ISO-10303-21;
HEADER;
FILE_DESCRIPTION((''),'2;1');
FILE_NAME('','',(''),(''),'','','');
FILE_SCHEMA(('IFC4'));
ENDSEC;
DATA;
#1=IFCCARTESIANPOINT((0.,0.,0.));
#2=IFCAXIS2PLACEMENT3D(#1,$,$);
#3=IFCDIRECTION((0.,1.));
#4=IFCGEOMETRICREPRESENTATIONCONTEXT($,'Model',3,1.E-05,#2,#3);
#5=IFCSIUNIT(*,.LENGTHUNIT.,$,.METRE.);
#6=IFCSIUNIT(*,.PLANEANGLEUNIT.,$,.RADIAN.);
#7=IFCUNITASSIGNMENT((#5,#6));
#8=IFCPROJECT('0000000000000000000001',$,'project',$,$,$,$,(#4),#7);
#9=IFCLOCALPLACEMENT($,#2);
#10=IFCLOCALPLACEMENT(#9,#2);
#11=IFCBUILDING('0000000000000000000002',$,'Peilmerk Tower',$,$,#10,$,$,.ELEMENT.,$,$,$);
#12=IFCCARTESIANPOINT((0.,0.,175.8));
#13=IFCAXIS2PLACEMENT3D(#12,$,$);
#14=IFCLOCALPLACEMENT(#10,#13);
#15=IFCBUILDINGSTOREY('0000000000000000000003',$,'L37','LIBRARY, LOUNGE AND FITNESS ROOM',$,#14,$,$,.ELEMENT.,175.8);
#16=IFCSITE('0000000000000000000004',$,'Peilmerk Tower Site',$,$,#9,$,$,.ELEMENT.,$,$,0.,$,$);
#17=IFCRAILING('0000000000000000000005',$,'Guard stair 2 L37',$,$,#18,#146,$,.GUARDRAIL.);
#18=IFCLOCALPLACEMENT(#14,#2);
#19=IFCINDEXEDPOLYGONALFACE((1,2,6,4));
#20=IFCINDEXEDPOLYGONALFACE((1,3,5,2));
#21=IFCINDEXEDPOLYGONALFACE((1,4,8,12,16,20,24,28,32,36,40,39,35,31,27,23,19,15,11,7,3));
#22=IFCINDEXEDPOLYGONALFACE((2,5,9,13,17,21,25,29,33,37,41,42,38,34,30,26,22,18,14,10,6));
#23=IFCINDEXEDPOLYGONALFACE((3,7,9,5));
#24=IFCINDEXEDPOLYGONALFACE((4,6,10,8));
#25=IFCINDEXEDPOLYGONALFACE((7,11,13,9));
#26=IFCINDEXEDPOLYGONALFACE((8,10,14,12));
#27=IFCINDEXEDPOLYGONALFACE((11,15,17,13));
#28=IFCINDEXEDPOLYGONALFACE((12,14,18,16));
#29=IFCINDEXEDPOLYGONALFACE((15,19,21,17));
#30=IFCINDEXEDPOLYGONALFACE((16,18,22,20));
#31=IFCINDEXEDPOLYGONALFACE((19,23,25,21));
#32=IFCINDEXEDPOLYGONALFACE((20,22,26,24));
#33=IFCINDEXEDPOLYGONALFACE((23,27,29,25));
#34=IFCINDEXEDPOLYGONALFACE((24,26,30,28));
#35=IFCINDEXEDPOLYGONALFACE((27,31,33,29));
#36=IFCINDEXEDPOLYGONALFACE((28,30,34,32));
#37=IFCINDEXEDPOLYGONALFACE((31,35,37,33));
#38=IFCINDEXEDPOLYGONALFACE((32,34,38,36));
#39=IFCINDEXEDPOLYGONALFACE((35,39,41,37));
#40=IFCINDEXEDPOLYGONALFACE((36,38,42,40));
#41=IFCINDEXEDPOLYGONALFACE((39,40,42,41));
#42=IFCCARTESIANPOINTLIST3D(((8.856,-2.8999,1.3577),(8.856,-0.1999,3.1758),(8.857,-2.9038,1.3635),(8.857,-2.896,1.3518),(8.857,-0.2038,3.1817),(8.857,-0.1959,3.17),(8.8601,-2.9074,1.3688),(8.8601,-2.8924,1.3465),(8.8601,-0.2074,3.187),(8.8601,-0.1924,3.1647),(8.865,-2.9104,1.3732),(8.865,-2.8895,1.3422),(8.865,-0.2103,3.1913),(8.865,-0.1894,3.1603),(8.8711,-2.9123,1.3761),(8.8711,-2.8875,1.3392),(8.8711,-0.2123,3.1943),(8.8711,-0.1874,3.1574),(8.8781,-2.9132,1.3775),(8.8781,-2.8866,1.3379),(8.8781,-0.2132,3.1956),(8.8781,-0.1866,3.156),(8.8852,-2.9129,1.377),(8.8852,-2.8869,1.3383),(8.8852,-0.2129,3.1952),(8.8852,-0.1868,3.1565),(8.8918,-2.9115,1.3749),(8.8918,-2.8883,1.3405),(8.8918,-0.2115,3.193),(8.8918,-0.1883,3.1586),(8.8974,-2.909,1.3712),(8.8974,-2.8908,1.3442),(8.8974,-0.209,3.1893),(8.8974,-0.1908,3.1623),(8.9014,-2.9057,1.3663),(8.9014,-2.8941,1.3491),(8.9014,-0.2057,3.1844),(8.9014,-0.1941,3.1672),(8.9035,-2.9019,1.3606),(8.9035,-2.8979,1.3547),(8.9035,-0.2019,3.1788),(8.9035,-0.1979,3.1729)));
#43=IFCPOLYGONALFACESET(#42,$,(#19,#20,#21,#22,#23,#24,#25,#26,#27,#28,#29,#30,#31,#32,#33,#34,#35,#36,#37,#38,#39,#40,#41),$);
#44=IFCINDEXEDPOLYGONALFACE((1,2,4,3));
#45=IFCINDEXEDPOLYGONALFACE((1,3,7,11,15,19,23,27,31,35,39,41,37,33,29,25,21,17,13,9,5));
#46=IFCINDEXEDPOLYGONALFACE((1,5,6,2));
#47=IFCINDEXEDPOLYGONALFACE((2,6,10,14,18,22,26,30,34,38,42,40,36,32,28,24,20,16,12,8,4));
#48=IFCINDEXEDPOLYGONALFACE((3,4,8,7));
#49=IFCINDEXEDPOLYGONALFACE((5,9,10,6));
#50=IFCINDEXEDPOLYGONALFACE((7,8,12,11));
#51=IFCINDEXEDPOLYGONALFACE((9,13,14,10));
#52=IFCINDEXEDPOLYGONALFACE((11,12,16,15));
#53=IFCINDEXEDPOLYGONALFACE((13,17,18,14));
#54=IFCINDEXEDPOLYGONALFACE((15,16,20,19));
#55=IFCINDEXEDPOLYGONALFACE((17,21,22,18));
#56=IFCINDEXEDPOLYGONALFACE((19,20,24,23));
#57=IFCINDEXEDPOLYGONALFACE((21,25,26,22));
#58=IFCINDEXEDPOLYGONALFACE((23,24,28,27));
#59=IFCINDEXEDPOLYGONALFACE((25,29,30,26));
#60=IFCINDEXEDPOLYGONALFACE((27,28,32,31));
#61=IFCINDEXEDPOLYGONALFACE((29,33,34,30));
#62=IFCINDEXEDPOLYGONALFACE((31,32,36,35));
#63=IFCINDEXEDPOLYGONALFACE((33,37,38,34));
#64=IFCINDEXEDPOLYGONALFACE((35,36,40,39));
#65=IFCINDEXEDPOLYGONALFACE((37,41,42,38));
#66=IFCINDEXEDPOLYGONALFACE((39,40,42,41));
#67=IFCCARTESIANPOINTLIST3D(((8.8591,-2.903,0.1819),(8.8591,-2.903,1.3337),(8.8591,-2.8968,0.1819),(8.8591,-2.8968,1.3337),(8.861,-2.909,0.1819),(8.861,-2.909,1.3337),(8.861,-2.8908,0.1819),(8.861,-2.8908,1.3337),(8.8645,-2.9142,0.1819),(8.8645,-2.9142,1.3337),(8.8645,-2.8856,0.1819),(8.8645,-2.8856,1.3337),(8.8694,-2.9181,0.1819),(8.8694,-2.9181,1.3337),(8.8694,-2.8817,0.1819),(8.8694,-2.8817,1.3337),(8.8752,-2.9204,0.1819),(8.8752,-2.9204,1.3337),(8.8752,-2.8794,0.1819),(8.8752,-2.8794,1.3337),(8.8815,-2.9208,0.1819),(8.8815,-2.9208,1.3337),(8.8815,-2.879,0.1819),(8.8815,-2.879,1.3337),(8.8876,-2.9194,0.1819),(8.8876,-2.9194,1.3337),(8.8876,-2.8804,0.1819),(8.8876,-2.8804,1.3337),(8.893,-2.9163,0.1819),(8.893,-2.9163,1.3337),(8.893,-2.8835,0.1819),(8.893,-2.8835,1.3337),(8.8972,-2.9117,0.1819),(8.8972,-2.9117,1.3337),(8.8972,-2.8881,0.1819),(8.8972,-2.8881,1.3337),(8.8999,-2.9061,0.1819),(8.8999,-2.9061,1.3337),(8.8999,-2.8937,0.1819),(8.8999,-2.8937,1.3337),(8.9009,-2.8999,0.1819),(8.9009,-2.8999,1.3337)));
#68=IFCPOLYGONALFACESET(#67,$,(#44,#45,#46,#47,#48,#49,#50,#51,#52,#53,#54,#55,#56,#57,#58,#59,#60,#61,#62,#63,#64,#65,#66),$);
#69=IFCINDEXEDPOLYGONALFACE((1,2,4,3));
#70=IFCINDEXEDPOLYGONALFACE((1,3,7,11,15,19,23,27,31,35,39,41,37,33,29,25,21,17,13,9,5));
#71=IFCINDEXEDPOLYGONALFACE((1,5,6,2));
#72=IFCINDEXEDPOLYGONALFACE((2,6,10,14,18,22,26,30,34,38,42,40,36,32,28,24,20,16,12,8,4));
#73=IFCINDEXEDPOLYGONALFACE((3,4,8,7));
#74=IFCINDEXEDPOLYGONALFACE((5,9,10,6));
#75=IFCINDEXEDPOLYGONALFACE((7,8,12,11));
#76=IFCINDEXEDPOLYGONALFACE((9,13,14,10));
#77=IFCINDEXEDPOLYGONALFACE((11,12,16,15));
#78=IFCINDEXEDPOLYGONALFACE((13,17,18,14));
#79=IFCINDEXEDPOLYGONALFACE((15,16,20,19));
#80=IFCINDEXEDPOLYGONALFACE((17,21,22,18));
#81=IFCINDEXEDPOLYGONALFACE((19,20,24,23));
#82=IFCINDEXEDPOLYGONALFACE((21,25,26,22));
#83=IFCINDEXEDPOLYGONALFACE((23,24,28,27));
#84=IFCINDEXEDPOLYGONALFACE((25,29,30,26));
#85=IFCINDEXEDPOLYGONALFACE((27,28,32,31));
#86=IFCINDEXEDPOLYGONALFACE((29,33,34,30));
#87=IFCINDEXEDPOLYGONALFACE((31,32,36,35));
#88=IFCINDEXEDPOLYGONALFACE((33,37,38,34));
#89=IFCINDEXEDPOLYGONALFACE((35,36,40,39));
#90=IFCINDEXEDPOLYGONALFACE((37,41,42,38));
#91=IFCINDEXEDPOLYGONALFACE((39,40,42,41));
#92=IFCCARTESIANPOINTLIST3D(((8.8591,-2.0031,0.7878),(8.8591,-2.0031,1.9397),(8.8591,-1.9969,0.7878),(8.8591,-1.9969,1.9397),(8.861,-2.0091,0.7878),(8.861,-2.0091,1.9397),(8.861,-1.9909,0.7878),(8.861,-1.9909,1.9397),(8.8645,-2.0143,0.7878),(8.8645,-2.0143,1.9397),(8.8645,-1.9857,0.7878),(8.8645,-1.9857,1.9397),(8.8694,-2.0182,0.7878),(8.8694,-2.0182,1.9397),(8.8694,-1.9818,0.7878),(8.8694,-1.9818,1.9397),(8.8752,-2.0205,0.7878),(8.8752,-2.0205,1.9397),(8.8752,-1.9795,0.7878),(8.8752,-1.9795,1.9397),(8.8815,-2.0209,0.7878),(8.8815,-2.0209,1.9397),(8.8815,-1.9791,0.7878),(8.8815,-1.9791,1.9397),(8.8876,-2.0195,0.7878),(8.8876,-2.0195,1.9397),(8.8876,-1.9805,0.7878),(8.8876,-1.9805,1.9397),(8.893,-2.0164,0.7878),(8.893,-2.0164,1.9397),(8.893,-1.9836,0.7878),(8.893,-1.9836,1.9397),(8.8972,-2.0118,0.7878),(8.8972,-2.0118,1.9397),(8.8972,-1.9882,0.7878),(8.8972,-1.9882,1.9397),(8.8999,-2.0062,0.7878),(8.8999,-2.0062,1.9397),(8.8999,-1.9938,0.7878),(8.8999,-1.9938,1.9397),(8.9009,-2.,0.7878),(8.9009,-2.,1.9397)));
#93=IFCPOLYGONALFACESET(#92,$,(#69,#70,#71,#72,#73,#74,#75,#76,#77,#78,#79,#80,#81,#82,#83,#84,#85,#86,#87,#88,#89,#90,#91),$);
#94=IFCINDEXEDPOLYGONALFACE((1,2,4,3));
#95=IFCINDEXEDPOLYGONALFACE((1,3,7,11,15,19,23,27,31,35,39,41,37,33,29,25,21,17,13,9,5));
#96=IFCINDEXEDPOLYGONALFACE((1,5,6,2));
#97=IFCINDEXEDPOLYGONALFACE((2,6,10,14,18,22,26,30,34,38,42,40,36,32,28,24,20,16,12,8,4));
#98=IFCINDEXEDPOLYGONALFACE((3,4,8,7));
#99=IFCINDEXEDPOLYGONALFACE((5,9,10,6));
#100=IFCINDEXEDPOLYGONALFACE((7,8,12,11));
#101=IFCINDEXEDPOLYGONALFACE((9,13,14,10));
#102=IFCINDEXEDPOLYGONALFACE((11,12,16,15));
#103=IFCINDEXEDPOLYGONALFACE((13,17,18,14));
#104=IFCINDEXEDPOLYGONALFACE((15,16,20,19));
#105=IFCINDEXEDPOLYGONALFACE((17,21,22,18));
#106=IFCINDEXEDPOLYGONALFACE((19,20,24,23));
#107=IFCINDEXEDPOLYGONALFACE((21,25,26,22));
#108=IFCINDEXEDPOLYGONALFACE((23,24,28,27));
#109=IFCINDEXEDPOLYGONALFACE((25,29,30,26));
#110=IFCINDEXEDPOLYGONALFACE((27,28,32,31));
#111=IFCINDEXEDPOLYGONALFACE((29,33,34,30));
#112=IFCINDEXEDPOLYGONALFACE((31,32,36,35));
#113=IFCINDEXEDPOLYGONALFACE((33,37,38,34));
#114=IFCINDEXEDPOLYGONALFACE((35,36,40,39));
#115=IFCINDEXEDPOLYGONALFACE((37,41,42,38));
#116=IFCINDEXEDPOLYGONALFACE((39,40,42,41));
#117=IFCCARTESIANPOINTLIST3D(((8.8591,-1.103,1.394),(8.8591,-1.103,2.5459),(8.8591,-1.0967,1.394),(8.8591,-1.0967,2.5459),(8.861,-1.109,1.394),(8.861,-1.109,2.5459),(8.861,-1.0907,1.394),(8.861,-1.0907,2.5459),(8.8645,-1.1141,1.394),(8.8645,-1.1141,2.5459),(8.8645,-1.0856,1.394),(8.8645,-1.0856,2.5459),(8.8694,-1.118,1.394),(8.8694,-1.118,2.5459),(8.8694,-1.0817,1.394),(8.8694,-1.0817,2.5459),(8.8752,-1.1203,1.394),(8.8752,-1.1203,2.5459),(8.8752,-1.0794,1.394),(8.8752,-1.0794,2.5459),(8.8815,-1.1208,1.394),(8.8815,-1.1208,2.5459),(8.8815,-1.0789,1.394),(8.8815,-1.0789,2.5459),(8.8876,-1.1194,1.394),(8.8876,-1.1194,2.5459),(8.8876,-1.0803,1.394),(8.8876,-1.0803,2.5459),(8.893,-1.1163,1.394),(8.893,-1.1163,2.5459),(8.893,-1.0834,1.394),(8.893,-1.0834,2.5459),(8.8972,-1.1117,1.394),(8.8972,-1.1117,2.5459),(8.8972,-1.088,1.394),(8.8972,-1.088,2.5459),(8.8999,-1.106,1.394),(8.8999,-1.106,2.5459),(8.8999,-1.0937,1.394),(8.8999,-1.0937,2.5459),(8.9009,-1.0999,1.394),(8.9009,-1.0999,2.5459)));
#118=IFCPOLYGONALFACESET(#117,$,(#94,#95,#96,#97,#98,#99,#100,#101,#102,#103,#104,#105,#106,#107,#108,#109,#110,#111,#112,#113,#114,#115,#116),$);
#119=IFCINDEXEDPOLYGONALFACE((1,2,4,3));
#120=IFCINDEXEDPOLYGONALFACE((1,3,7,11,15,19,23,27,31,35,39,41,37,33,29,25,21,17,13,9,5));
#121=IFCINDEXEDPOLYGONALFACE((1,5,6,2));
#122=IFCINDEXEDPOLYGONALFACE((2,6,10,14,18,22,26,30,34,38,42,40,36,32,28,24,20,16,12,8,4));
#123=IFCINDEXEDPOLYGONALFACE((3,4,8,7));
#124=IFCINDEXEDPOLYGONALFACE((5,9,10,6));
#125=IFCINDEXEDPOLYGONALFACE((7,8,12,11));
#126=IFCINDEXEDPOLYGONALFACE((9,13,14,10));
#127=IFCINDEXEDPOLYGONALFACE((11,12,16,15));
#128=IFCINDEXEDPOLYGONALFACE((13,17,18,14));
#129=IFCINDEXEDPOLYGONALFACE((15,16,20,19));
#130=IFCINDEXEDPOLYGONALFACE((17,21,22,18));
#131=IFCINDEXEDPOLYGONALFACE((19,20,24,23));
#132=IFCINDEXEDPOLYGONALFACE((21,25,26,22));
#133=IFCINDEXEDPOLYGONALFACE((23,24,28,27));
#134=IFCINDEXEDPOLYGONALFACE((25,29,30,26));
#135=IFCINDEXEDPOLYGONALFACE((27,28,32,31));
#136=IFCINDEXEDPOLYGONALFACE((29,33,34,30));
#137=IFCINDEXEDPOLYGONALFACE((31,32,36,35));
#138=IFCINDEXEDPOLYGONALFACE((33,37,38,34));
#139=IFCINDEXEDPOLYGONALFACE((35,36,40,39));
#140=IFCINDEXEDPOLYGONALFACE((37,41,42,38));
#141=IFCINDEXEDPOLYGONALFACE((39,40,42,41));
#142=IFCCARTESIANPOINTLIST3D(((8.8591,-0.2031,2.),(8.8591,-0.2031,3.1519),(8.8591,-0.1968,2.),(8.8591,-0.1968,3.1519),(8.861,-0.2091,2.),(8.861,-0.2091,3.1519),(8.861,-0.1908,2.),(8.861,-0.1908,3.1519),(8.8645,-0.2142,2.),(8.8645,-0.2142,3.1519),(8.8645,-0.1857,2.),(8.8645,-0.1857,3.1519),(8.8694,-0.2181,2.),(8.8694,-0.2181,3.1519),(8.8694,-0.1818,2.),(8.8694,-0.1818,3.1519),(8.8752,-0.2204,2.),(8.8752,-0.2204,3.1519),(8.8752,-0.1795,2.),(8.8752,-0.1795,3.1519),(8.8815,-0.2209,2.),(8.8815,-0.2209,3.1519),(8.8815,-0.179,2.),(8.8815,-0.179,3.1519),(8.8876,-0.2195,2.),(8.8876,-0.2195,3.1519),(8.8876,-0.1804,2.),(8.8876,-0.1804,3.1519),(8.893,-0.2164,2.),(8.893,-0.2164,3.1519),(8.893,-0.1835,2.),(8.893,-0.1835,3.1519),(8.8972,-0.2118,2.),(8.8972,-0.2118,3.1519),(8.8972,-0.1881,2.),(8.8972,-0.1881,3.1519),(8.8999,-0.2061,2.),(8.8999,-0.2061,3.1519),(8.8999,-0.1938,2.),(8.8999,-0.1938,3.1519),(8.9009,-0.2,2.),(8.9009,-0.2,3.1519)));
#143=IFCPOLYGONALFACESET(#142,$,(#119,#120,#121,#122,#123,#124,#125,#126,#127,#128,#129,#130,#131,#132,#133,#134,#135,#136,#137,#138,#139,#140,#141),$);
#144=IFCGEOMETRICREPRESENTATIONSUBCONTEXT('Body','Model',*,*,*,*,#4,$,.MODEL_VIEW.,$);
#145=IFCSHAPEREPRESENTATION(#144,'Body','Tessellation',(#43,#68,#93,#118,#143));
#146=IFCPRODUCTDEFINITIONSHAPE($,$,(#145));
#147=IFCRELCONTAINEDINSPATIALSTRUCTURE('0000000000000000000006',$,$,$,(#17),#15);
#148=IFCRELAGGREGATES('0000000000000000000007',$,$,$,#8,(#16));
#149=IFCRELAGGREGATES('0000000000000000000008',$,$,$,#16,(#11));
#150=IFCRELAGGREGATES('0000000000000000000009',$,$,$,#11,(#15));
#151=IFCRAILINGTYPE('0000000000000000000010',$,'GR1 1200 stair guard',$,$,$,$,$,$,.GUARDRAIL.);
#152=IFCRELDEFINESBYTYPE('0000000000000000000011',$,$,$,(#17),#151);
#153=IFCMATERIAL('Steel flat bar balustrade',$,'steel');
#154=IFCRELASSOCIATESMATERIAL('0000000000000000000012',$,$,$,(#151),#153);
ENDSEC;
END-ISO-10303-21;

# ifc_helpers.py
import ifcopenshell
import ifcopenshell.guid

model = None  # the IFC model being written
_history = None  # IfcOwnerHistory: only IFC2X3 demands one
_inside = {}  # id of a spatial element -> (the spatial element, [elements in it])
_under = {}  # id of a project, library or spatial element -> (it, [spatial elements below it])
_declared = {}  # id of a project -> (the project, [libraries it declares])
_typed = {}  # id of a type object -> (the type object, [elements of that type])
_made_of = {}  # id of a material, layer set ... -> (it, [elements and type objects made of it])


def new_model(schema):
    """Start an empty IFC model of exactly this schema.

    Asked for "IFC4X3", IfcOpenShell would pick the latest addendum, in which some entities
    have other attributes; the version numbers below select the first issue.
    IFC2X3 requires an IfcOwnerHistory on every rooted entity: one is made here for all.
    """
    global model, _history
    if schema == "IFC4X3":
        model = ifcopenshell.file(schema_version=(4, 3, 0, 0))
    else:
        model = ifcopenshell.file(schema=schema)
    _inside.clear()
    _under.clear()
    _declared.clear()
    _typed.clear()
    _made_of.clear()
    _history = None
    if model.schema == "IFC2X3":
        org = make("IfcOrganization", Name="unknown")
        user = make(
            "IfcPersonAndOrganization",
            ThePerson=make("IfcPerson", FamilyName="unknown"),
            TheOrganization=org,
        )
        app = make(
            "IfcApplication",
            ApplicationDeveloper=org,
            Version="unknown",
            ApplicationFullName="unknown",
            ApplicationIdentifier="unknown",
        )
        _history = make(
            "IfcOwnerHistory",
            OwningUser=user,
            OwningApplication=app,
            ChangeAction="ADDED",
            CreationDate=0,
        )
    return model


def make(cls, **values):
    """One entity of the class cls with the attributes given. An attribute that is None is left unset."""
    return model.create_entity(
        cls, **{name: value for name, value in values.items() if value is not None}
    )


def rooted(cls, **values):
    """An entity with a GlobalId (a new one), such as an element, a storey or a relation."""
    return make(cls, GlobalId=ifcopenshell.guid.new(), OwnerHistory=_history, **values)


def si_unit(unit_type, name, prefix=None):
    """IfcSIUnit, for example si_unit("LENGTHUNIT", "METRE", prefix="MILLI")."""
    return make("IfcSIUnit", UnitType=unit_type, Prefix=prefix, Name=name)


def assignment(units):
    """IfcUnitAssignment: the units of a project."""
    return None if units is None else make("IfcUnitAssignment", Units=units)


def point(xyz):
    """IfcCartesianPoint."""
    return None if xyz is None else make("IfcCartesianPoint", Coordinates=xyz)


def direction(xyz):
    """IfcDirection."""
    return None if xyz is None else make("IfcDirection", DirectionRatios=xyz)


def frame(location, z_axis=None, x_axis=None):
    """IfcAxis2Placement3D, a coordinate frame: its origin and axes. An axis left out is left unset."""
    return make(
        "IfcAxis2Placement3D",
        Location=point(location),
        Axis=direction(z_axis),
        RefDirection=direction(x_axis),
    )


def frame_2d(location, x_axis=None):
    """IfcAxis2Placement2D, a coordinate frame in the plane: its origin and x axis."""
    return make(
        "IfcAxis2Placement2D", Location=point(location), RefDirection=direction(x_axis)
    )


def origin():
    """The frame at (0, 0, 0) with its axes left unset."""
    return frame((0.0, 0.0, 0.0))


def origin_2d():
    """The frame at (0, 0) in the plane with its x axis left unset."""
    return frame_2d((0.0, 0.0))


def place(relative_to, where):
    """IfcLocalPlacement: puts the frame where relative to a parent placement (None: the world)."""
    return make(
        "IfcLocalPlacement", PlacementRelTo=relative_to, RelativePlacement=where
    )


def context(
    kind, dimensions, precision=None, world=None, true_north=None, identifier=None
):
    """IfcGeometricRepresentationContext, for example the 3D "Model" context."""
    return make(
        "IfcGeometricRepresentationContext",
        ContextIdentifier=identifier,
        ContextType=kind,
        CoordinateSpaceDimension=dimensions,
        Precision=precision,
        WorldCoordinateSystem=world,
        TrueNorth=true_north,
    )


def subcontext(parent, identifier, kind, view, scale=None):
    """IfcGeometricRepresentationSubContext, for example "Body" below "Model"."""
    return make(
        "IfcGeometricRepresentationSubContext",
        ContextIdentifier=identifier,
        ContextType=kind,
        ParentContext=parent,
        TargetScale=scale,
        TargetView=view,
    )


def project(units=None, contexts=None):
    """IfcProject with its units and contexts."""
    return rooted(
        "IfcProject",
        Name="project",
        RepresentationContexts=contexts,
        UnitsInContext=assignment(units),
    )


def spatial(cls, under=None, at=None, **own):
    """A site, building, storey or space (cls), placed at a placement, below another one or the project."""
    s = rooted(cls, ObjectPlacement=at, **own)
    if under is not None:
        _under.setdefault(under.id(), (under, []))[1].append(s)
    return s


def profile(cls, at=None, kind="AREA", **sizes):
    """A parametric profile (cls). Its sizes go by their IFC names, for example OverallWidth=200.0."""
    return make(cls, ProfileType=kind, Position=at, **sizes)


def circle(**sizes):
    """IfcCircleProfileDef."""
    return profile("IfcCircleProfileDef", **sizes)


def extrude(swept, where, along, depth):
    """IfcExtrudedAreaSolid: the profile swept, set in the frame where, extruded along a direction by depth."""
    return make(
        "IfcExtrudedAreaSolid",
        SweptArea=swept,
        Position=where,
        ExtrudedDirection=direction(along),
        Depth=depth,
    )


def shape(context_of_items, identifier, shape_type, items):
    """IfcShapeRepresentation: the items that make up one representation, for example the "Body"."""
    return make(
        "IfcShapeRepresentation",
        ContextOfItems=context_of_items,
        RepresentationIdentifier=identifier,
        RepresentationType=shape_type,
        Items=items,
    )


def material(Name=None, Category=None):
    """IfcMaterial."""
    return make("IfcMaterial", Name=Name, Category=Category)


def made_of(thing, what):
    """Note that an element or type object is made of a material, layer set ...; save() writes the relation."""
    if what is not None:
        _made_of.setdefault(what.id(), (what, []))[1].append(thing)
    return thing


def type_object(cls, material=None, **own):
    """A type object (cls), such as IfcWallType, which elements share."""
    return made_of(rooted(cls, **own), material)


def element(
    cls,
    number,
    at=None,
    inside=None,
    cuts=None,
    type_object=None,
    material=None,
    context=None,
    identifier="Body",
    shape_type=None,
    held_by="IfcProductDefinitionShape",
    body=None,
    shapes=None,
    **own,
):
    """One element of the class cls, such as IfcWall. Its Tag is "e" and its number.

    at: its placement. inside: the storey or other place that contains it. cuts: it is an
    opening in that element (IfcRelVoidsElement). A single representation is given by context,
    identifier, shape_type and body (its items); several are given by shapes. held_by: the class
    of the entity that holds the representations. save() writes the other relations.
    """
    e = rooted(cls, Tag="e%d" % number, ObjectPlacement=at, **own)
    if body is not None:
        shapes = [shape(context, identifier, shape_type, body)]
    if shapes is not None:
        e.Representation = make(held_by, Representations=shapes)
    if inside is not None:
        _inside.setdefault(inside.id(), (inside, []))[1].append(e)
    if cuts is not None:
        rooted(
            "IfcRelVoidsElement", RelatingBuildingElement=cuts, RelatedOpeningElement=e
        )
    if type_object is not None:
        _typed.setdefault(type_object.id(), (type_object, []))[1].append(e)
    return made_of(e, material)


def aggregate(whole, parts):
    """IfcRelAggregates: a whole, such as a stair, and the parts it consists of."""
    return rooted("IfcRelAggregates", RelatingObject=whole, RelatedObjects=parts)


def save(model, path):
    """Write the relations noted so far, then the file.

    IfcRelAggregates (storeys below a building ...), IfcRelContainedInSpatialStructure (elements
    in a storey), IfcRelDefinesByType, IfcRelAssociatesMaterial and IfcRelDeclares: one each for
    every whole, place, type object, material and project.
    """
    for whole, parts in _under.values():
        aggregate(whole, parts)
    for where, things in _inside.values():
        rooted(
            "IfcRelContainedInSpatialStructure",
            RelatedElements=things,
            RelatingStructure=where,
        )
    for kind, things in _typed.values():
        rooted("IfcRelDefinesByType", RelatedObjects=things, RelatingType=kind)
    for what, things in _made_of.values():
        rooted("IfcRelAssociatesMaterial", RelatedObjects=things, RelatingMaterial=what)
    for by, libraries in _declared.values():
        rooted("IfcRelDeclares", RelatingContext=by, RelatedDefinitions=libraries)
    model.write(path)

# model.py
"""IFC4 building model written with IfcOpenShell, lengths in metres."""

from ifc_helpers import new_model, si_unit, direction, frame, origin, origin_2d, place, context, subcontext, project, spatial, circle, extrude, material, type_object, element, save


model = new_model("IFC4")

# Units and contexts
model_context = context("Model", 3, precision=1e-05, world=origin(), true_north=direction((0.0, 1.0)))
body_context = subcontext(model_context, "Body", "Model", "MODEL_VIEW")
ifc_project = project(units=[si_unit("LENGTHUNIT", "METRE"), si_unit("PLANEANGLEUNIT", "RADIAN")], contexts=[model_context])

# Site, building, storey
site_placement = place(None, origin())
site = spatial("IfcSite", under=ifc_project, at=site_placement, Name="Peilmerk Tower Site", CompositionType="ELEMENT", RefElevation=0.0)
building_placement = place(site_placement, origin())
building = spatial("IfcBuilding", under=site, at=building_placement, Name="Peilmerk Tower", CompositionType="ELEMENT")
storey_placement = place(building_placement, frame((0.0, 0.0, 175.8)))
storey = spatial("IfcBuildingStorey", under=building, at=storey_placement, Name="L37", Description="LIBRARY, LOUNGE AND FITNESS ROOM", CompositionType="ELEMENT", Elevation=175.8)

# Railing
ifc_material_1 = material(Name="Steel flat bar balustrade", Category="steel")
railing_type_1 = type_object("IfcRailingType", Name="GR1 1200 stair guard", PredefinedType="GUARDRAIL", material=ifc_material_1)
railing_1_placement = place(storey_placement, frame((8.8799, -2.8999, 0.1819)))
element("IfcRailing", 1, at=railing_1_placement, inside=storey, type_object=railing_type_1, Name="Guard stair 2 L37", PredefinedType="GUARDRAIL", context=body_context, shape_type="SweptSolid", body=[
    extrude(circle(Radius=0.0239, at=origin_2d()), frame((0.0, 0.0, 1.1758), z_axis=(0.0, 0.829468, 0.558554), x_axis=(-1.0, 0.0, 0.0)), (0.0, 0.0, 1.0), 3.2551),
    extrude(circle(Radius=0.021, at=origin_2d()), origin(), (0.0, 0.0, 1.0), 1.1519),
    extrude(circle(Radius=0.021, at=origin_2d()), frame((0.0, 0.8999, 0.606)), (0.0, 0.0, 1.0), 1.1519),
    extrude(circle(Radius=0.021, at=origin_2d()), frame((0.0, 1.8, 1.2122)), (0.0, 0.0, 1.0), 1.1519),
    extrude(circle(Radius=0.021, at=origin_2d()), frame((0.0, 2.7, 1.8181)), (0.0, 0.0, 1.0), 1.1519),
])

save(model, "model.ifc")
